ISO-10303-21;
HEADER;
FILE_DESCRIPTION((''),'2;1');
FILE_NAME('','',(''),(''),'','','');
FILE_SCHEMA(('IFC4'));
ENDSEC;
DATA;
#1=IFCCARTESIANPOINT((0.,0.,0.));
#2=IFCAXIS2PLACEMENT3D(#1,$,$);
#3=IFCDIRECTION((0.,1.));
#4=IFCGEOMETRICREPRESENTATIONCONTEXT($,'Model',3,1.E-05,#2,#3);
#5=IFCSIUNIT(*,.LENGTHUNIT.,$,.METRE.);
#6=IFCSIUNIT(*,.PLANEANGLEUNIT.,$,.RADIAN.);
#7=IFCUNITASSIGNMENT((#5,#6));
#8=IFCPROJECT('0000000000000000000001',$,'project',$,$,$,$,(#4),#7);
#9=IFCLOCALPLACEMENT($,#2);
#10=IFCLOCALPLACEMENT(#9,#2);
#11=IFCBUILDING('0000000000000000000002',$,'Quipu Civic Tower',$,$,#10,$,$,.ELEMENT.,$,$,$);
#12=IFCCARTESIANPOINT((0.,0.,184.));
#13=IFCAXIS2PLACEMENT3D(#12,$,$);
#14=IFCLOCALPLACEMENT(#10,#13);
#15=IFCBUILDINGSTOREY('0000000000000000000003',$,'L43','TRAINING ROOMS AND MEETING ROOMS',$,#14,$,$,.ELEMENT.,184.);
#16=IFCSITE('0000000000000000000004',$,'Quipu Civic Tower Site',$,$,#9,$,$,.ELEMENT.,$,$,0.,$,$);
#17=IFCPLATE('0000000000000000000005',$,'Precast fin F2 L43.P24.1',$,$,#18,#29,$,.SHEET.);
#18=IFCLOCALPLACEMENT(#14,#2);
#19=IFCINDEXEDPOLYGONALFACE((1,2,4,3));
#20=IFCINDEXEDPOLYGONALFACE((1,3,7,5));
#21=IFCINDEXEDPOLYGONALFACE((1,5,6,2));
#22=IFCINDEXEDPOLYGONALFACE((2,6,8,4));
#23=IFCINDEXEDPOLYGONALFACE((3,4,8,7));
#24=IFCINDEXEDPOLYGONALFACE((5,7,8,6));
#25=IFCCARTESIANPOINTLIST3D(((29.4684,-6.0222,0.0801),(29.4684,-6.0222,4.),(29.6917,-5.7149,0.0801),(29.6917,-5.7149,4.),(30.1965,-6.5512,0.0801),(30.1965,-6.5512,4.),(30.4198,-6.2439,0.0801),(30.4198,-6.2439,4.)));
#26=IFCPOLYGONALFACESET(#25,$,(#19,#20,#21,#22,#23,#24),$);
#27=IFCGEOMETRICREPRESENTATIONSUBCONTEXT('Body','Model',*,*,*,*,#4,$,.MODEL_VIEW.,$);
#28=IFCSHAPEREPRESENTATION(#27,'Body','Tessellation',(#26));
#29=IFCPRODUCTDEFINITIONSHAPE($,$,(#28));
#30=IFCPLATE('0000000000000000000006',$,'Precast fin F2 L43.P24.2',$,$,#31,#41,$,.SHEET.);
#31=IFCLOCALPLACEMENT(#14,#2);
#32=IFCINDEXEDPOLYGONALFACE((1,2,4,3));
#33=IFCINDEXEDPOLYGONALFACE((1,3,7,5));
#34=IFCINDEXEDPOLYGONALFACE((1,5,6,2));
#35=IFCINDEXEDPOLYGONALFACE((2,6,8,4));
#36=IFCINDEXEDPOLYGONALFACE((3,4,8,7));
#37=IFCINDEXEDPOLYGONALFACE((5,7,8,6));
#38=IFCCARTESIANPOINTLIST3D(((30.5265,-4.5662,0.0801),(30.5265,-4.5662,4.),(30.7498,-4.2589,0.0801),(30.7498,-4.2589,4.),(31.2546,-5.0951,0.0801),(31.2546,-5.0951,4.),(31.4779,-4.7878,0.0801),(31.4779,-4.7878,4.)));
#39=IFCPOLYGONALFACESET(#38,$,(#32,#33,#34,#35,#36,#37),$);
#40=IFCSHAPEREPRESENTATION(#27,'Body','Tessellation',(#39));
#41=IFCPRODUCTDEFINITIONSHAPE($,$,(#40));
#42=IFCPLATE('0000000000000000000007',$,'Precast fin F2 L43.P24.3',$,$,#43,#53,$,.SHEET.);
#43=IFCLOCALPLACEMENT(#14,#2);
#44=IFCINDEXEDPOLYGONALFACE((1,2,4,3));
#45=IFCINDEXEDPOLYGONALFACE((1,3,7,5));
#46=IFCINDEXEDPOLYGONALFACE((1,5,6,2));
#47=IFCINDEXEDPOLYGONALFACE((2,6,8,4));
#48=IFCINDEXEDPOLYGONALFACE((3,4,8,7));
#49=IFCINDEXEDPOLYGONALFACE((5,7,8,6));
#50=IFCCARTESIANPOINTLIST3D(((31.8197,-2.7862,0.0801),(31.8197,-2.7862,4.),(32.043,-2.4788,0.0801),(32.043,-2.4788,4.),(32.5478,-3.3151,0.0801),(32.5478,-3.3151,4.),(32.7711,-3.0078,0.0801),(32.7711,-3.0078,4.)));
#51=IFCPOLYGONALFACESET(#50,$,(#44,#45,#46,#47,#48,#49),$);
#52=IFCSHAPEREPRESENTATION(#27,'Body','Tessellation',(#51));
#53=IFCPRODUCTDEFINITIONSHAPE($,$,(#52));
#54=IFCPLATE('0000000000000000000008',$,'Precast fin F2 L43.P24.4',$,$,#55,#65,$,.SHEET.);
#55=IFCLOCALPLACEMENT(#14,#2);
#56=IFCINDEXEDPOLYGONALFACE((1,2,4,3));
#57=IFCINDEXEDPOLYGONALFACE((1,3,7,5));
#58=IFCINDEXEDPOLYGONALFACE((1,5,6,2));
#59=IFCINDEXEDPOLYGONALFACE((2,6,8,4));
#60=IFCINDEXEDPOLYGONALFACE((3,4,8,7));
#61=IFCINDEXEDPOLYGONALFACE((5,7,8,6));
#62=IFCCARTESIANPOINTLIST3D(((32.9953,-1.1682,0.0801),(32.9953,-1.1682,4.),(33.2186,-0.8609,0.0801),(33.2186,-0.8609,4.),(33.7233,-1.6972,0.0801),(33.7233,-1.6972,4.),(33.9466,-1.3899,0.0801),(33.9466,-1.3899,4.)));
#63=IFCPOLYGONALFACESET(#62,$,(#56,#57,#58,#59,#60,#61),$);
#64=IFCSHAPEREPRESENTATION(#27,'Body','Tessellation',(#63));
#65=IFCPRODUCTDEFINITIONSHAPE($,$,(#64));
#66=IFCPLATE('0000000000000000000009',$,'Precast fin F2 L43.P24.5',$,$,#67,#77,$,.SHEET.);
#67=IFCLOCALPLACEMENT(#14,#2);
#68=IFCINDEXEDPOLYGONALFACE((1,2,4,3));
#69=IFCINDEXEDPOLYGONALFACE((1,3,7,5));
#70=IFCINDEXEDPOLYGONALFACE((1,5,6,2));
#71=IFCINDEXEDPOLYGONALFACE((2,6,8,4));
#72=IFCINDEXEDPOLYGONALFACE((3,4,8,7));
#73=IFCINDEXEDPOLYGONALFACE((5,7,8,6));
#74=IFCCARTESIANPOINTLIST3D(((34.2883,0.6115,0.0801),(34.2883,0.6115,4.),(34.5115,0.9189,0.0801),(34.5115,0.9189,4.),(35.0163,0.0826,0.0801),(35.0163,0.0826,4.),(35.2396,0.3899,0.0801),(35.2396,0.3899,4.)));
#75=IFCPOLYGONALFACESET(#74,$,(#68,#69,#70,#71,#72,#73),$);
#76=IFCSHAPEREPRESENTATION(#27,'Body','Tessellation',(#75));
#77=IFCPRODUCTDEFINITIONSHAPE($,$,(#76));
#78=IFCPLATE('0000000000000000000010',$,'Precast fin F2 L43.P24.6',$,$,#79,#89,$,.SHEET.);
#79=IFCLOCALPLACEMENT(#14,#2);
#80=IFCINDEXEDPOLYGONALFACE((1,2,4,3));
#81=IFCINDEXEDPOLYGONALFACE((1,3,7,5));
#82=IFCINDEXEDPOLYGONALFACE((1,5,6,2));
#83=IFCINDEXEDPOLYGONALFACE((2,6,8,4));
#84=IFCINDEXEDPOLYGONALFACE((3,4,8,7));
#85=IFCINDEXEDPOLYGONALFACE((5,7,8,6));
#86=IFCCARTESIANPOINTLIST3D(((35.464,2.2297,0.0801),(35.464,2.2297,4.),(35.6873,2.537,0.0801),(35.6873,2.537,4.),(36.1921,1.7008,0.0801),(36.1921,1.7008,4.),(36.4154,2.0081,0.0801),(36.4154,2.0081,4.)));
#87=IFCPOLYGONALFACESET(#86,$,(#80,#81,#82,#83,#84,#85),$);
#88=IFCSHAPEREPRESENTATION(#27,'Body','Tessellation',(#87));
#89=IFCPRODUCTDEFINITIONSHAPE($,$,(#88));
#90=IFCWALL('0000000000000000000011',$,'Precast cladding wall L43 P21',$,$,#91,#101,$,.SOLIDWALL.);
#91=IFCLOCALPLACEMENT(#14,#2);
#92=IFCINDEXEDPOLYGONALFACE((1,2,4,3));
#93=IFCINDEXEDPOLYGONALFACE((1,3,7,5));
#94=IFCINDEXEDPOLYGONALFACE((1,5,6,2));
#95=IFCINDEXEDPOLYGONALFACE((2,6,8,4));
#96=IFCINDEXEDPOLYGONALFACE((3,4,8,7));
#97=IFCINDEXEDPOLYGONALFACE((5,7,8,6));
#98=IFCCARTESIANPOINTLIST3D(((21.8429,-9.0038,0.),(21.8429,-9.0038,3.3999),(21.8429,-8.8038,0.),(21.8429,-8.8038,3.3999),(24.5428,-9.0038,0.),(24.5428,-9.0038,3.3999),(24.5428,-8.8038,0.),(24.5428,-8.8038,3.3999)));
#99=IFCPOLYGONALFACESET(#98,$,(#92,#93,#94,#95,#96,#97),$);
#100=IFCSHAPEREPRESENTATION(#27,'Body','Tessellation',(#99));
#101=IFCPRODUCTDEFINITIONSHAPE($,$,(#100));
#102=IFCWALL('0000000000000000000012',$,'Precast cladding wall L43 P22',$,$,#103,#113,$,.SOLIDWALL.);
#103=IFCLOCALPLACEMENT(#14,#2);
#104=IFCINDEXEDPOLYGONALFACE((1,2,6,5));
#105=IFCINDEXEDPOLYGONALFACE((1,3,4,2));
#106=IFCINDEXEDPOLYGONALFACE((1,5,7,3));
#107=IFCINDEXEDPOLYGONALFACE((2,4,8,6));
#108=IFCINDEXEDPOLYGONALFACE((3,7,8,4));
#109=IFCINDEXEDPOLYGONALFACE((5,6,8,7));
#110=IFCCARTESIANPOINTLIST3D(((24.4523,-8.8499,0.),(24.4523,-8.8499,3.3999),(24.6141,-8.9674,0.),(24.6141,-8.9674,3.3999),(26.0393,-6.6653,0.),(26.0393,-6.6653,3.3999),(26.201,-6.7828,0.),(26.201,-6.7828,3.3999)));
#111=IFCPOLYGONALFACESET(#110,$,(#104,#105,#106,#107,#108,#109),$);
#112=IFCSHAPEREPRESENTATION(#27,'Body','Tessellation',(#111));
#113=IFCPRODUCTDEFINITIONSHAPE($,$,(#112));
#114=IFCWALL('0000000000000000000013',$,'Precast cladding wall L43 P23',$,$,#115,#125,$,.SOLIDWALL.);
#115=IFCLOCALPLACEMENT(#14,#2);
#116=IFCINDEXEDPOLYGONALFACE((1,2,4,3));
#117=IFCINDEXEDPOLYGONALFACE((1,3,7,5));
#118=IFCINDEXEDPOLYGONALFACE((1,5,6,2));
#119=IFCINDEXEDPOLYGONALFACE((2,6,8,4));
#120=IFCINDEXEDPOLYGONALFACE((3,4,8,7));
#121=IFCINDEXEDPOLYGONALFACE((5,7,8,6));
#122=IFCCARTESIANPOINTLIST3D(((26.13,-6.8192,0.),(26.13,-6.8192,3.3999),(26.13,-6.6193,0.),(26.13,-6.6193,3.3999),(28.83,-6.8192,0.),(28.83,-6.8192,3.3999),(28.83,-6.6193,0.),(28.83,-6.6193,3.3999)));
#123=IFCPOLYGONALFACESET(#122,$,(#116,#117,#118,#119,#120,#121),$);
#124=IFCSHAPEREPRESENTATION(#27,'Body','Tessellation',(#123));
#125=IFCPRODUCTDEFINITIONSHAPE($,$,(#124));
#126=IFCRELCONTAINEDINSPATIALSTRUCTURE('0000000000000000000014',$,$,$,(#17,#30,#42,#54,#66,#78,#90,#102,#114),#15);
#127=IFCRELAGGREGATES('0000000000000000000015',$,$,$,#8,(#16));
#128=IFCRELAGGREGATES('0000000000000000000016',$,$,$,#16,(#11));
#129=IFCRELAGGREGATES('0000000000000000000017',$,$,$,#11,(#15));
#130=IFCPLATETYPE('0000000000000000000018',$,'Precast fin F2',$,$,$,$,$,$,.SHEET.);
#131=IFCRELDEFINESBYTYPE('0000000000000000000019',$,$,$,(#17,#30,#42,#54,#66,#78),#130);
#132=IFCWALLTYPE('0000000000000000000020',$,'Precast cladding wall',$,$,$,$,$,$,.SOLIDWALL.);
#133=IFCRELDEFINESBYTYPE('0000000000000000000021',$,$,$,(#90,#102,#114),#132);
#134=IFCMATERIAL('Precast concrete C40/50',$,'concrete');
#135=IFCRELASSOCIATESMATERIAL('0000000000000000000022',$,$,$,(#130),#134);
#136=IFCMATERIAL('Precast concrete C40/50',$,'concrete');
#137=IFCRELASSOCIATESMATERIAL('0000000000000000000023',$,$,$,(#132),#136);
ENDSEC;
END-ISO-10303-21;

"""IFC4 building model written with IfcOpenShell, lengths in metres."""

from ifc_helpers import new_model, si_unit, direction, frame, frame_2d, origin, origin_2d, place, context, subcontext, project, spatial, rectangle, extrude, material, type_object, element, save


model = new_model("IFC4")

# Units and contexts
model_context = context("Model", 3, precision=1e-05, world=origin(), true_north=direction((0.0, 1.0)))
body_context = subcontext(model_context, "Body", "Model", "MODEL_VIEW")
ifc_project = project(units=[si_unit("LENGTHUNIT", "METRE"), si_unit("PLANEANGLEUNIT", "RADIAN")], contexts=[model_context])

# Site, building, storey
site_placement = place(None, origin())
site = spatial("IfcSite", under=ifc_project, at=site_placement, Name="Quipu Civic Tower Site", CompositionType="ELEMENT", RefElevation=0.0)
building_placement = place(site_placement, origin())
building = spatial("IfcBuilding", under=site, at=building_placement, Name="Quipu Civic Tower", CompositionType="ELEMENT")
storey_placement = place(building_placement, frame((0.0, 0.0, 184.0)))
storey = spatial("IfcBuildingStorey", under=building, at=storey_placement, Name="L43", Description="TRAINING ROOMS AND MEETING ROOMS", CompositionType="ELEMENT", Elevation=184.0)

# Plates
ifc_material_1 = material(Name="Precast concrete C40/50", Category="concrete")
plate_type_1 = type_object("IfcPlateType", Name="Precast fin F2", PredefinedType="SHEET", material=ifc_material_1)
for number, where, z_axis, x_axis, name in (
    (1, (29.9441, -6.1331, 0.0801), (0.0, 0.0, 1.0), (0.587786, 0.809017, 0.0), "Precast fin F2 L43.P24.1"),
    (2, (31.0022, -4.677, 0.0801), (0.0, 0.0, 1.0), (0.587786, 0.809017, 0.0), "Precast fin F2 L43.P24.2"),
    (3, (32.2954, -2.897, 0.0801), (0.0, 0.0, 1.0), (0.587786, 0.809017, 0.0), "Precast fin F2 L43.P24.3"),
    (4, (33.4709, -1.2791, 0.0801), (0.0, 0.0, 1.0), (0.587786, 0.809017, 0.0), "Precast fin F2 L43.P24.4"),
    (5, (34.7639, 0.5007, 0.0801), (0.0, 0.0, 1.0), (0.587786, 0.809017, 0.0), "Precast fin F2 L43.P24.5"),
    (6, (35.9397, 2.1189, 0.0801), (0.0, 0.0, 1.0), (0.587786, 0.809017, 0.0), "Precast fin F2 L43.P24.6"),
):
    element("IfcPlate", number, at=place(storey_placement, frame(where, z_axis=z_axis, x_axis=x_axis)), inside=storey, type_object=plate_type_1, Name=name, PredefinedType="SHEET", context=body_context, shape_type="SweptSolid", body=[
        extrude(rectangle(XDim=0.3799, YDim=0.8999, at=origin_2d()), origin(), (0.0, 0.0, 1.0), 3.9199),
    ])

# Walls
ifc_material_2 = material(Name="Precast concrete C40/50", Category="concrete")
wall_type = type_object("IfcWallType", Name="Precast cladding wall", PredefinedType="SOLIDWALL", material=ifc_material_2)
wall_1_placement = place(storey_placement, frame((21.8428, -8.9038, 0.0), z_axis=(0.0, 0.0, 1.0), x_axis=(1.0, 0.0, 0.0)))
element("IfcWall", 7, at=wall_1_placement, inside=storey, type_object=wall_type, Name="Precast cladding wall L43 P21", PredefinedType="SOLIDWALL", context=body_context, shape_type="SweptSolid", body=[
    extrude(rectangle(XDim=2.7, YDim=0.2, at=frame_2d((1.3501, 0.0))), origin(), (0.0, 0.0, 1.0), 3.3999),
])
wall_2_placement = place(storey_placement, frame((24.5332, -8.9087, 0.0), z_axis=(0.0, 0.0, 1.0), x_axis=(0.58772, 0.809064, 0.0)))
element("IfcWall", 8, at=wall_2_placement, inside=storey, type_object=wall_type, Name="Precast cladding wall L43 P22", PredefinedType="SOLIDWALL", context=body_context, shape_type="SweptSolid", body=[
    extrude(rectangle(XDim=2.7002, YDim=0.2, at=frame_2d((1.3501, 0.0))), origin(), (0.0, 0.0, 1.0), 3.3999),
])
wall_3_placement = place(storey_placement, frame((26.1299, -6.7192, 0.0), z_axis=(0.0, 0.0, 1.0), x_axis=(1.0, 0.0, 0.0)))
element("IfcWall", 9, at=wall_3_placement, inside=storey, type_object=wall_type, Name="Precast cladding wall L43 P23", PredefinedType="SOLIDWALL", context=body_context, shape_type="SweptSolid", body=[
    extrude(rectangle(XDim=2.7, YDim=0.2, at=frame_2d((1.3501, 0.0))), origin(), (0.0, 0.0, 1.0), 3.3999),
])

save(model, "model.ifc")
